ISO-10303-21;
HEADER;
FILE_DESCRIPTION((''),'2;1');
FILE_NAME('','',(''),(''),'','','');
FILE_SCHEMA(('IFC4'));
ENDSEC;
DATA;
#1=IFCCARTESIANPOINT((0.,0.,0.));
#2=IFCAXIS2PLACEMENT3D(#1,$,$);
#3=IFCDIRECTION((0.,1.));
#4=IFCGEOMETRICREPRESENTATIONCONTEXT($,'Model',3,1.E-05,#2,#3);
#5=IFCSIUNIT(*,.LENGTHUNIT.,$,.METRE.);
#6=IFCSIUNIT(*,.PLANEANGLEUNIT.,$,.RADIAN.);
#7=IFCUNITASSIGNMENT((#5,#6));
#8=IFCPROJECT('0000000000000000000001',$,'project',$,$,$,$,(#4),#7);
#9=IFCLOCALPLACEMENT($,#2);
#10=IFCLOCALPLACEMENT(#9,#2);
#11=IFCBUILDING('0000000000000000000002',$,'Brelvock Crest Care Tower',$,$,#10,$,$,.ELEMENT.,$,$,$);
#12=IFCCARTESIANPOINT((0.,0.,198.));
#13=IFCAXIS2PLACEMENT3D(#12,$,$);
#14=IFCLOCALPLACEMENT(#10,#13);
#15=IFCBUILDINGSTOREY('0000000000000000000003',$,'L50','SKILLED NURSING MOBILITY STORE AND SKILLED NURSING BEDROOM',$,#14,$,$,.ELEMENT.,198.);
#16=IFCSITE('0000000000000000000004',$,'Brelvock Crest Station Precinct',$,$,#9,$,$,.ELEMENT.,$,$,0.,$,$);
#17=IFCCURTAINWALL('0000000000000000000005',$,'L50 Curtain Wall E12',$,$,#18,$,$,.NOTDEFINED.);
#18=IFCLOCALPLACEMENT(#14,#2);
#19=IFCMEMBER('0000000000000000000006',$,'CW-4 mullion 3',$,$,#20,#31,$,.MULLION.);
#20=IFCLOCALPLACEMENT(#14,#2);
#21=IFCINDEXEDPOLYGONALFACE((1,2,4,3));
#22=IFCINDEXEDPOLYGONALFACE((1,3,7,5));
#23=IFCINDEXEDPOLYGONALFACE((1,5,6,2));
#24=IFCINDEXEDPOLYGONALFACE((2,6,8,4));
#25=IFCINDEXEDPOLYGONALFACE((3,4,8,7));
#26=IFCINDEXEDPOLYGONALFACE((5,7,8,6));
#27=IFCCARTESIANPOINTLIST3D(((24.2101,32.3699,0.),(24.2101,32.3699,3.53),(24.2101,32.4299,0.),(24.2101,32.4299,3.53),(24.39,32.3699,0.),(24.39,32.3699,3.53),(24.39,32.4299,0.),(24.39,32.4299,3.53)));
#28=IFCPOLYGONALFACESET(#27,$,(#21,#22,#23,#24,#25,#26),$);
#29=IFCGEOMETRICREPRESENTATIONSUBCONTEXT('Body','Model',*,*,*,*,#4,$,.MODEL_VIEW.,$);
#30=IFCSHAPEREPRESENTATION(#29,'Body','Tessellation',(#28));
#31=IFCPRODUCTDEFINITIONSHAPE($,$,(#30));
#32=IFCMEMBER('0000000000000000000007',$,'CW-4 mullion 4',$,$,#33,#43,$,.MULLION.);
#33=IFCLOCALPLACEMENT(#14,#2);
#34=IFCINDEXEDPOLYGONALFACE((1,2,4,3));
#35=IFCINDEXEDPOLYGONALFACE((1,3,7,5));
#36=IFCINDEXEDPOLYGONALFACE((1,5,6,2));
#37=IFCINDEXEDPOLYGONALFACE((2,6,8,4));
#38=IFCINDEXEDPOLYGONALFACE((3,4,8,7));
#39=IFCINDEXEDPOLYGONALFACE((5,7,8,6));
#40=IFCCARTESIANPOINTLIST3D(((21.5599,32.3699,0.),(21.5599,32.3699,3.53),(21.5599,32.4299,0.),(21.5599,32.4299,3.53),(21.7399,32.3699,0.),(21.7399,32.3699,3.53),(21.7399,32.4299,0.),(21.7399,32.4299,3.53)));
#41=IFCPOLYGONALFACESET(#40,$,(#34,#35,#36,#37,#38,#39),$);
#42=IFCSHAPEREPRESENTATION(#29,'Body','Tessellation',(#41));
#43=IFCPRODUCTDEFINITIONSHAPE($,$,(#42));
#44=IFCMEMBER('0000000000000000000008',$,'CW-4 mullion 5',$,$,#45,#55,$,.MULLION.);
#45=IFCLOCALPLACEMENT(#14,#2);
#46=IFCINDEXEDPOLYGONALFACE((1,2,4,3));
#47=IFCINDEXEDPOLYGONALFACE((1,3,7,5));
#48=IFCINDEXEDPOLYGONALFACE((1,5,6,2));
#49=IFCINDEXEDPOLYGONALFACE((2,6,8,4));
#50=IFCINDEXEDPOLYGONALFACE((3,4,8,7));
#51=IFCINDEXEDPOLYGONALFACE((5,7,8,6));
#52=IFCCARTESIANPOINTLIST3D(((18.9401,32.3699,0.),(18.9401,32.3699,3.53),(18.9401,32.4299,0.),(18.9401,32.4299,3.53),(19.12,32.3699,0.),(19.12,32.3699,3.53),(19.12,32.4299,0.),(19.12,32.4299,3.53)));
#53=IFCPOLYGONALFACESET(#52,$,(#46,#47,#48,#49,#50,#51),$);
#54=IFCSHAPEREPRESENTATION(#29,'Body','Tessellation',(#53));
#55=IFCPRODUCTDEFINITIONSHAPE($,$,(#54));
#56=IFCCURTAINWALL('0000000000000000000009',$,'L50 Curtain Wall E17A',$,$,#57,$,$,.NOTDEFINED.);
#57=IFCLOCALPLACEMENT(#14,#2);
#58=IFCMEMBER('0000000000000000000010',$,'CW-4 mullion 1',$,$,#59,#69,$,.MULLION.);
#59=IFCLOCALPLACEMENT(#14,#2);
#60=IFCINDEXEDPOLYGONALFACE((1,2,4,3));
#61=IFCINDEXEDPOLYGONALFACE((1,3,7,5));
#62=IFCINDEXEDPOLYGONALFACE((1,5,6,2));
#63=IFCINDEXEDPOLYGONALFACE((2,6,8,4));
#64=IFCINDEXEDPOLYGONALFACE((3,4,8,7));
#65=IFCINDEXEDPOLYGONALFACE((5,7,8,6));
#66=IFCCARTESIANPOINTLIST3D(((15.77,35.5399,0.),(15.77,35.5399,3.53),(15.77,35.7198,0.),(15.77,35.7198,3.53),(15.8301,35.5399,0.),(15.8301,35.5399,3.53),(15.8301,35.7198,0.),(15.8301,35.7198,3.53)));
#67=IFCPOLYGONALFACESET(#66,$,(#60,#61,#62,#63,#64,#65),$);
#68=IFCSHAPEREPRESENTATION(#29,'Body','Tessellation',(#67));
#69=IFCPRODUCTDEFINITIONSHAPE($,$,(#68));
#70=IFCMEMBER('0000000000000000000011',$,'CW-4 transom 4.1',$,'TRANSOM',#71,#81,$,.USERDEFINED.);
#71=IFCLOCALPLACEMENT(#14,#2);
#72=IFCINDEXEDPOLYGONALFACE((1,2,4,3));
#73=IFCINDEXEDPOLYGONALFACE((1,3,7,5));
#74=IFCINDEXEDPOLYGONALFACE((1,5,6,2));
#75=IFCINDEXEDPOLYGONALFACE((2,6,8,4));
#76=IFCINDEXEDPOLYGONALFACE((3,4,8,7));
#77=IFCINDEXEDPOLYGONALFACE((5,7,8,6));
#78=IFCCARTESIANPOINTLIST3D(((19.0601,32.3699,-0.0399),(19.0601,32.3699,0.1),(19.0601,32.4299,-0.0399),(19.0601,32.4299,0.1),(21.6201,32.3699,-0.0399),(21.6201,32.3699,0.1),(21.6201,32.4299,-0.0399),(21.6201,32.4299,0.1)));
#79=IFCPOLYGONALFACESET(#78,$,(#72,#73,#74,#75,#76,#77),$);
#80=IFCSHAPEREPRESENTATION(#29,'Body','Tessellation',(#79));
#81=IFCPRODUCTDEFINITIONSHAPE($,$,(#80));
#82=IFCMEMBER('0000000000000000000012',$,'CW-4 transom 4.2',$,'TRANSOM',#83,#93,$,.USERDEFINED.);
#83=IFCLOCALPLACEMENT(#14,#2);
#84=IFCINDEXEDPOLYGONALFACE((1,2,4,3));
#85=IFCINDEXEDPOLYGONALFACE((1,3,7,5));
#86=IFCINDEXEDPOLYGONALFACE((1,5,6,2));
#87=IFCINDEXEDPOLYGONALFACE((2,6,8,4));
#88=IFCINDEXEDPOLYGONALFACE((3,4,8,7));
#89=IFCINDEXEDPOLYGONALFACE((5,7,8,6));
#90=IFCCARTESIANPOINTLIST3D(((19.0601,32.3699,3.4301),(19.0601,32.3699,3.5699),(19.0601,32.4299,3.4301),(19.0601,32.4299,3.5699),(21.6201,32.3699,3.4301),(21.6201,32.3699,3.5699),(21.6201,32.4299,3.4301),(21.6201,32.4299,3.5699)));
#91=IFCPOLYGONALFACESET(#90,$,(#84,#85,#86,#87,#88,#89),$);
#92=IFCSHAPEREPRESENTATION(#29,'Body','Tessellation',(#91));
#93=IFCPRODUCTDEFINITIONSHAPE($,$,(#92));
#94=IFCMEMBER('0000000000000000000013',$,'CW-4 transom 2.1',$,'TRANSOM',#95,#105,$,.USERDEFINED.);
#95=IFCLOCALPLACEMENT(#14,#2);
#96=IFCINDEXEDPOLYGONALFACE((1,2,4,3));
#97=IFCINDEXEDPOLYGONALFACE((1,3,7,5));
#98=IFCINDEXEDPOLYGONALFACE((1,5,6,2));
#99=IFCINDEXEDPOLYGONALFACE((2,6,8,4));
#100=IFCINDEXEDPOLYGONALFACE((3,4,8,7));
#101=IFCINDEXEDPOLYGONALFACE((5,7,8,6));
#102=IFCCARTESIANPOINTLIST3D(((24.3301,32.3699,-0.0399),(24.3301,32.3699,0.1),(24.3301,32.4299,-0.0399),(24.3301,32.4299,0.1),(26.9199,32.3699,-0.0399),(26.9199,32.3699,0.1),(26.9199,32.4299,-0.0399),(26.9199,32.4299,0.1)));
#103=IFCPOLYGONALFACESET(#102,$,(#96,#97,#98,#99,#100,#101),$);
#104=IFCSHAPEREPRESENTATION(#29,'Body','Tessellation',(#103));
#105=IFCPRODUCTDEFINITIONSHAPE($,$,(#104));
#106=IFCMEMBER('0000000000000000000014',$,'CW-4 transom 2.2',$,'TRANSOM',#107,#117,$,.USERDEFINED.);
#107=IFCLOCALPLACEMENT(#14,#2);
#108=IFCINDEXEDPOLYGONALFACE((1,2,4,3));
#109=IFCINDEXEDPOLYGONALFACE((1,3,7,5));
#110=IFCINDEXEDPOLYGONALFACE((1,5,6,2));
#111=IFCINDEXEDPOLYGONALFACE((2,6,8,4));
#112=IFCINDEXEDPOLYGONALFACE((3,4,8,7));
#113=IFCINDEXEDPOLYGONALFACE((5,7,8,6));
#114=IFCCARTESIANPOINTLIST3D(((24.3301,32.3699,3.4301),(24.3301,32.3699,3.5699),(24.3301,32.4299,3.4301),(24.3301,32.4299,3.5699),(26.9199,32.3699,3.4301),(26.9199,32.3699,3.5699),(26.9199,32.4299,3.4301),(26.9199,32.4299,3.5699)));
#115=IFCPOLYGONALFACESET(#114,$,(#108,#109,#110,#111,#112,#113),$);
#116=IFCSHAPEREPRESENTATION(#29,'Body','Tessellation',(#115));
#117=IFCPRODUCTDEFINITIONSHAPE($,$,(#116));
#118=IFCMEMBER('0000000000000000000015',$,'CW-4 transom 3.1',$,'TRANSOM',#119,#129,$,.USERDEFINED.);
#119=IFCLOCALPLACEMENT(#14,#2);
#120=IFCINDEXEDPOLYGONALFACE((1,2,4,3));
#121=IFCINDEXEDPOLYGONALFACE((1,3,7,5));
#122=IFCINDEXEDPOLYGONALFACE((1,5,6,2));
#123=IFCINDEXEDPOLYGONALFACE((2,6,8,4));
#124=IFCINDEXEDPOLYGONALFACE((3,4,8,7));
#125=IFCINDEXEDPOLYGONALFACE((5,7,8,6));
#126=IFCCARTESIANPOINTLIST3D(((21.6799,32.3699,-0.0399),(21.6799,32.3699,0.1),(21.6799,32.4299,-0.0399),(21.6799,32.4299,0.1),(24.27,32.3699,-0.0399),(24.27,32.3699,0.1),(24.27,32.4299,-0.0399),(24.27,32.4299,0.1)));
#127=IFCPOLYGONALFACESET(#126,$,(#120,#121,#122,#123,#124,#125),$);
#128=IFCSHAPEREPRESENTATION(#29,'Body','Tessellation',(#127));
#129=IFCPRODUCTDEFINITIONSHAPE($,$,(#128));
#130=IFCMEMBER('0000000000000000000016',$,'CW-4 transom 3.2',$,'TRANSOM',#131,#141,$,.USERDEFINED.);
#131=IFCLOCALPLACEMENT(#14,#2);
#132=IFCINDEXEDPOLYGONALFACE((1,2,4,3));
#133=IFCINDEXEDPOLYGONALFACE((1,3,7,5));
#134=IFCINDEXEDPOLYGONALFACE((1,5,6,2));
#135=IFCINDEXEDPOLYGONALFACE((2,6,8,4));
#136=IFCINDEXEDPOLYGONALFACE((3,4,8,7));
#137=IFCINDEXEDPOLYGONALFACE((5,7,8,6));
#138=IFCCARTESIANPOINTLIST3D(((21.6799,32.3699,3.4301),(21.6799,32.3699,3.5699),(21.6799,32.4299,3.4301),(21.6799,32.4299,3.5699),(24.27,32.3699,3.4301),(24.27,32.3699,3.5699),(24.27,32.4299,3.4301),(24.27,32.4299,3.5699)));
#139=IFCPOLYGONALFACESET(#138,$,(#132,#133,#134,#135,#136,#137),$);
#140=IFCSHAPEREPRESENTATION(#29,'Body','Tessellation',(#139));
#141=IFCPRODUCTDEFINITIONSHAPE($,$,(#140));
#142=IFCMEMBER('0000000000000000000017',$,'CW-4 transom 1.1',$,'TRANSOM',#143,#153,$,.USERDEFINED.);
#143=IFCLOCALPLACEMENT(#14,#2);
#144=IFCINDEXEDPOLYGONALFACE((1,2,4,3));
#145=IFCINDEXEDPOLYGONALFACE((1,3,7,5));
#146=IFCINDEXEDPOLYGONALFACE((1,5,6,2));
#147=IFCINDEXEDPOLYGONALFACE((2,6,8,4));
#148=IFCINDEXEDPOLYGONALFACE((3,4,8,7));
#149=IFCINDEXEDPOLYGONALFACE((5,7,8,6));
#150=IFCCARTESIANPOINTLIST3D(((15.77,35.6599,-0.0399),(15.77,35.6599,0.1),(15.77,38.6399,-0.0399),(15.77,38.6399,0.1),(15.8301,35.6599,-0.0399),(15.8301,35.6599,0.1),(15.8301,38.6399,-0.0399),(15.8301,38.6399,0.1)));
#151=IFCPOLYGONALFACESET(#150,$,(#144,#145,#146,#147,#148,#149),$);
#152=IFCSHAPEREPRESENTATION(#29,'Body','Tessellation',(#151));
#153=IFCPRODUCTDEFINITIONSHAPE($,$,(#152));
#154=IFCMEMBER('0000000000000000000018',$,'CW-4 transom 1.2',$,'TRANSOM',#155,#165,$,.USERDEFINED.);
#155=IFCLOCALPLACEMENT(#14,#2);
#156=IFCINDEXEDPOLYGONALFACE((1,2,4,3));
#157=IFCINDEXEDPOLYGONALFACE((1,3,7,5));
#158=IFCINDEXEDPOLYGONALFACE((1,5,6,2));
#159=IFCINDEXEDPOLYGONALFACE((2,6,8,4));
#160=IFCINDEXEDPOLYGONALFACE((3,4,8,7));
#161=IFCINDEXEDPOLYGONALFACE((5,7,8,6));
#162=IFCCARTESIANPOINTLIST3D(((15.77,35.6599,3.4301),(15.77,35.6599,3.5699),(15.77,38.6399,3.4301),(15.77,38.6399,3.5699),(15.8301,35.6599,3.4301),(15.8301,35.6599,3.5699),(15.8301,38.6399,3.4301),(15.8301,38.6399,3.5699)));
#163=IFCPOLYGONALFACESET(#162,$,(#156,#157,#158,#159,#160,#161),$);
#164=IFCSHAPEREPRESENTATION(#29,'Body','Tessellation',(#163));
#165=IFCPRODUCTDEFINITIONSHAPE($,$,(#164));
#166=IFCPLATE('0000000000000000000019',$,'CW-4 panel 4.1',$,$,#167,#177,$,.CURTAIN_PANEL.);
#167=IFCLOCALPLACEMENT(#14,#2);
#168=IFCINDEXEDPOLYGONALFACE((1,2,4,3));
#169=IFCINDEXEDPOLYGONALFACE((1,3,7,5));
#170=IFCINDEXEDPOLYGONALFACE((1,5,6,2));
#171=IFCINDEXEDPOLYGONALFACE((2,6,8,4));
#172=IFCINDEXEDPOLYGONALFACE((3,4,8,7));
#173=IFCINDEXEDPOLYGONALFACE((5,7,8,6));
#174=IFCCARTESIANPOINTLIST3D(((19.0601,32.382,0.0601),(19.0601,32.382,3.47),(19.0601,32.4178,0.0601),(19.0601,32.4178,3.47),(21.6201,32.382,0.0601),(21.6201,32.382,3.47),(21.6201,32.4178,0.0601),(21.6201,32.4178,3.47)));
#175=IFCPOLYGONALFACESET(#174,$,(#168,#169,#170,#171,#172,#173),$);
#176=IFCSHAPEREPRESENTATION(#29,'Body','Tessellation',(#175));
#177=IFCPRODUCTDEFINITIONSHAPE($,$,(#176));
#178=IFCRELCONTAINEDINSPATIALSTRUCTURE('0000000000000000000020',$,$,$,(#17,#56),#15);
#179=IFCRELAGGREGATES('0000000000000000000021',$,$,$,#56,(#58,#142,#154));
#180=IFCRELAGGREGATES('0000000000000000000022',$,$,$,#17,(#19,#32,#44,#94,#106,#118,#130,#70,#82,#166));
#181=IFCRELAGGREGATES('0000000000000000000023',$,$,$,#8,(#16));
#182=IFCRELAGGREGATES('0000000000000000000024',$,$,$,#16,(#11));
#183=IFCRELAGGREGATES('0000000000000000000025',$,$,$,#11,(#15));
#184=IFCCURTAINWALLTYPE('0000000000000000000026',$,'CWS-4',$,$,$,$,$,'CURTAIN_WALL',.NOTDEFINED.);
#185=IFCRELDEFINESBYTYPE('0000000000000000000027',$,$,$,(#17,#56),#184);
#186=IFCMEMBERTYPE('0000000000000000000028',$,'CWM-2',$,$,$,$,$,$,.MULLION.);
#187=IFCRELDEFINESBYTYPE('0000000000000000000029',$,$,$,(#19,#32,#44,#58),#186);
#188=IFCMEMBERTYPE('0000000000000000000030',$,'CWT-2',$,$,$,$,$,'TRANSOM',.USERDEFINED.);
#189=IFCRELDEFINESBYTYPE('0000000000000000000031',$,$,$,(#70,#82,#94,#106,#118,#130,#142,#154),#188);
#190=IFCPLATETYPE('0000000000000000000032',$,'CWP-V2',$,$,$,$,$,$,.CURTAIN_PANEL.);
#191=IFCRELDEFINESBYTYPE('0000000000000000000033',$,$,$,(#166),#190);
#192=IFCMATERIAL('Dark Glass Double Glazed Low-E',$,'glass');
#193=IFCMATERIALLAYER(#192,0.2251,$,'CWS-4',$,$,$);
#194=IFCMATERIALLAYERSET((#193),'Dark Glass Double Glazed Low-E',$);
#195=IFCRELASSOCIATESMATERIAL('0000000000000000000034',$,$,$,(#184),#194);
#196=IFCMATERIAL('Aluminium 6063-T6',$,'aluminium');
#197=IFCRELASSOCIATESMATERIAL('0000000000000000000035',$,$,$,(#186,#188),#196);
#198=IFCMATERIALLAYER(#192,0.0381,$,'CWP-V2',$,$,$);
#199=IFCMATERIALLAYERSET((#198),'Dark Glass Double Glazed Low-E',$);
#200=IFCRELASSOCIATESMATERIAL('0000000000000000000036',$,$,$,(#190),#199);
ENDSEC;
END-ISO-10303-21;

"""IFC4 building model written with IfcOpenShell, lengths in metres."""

from ifc_helpers import new_model, si_unit, direction, frame, origin, origin_2d, place, context, subcontext, project, spatial, rectangle, extrude, source, transform, mapped, material, layer, layer_set, material_profile, profile_set, type_object, element, aggregate, save


model = new_model("IFC4")

# Units and contexts
model_context = context("Model", 3, precision=1e-05, world=origin(), true_north=direction((0.0, 1.0)))
body_context = subcontext(model_context, "Body", "Model", "MODEL_VIEW")
ifc_project = project(units=[si_unit("LENGTHUNIT", "METRE"), si_unit("PLANEANGLEUNIT", "RADIAN")], contexts=[model_context])

# Site, building, storey
site_placement = place(None, origin())
site = spatial("IfcSite", under=ifc_project, at=site_placement, Name="Brelvock Crest Station Precinct", CompositionType="ELEMENT", RefElevation=0.0)
building_placement = place(site_placement, origin())
building = spatial("IfcBuilding", under=site, at=building_placement, Name="Brelvock Crest Care Tower", CompositionType="ELEMENT")
storey_placement = place(building_placement, frame((0.0, 0.0, 198.0)))
storey = spatial("IfcBuildingStorey", under=building, at=storey_placement, Name="L50", Description="SKILLED NURSING MOBILITY STORE AND SKILLED NURSING BEDROOM", CompositionType="ELEMENT", Elevation=198.0)

# Curtain wall, members
ifc_material_1 = material(Name="Dark Glass Double Glazed Low-E", Category="glass")
ifc_layer_1 = layer(ifc_material_1, 0.2251, Name="CWS-4")
ifc_layer_set_1 = layer_set([ifc_layer_1], Name="Dark Glass Double Glazed Low-E")
curtain_wall_type = type_object("IfcCurtainWallType", Name="CWS-4", ElementType="CURTAIN_WALL", PredefinedType="NOTDEFINED", material=ifc_layer_set_1)
curtain_wall_1_placement = place(storey_placement, origin())
curtain_wall_1 = element("IfcCurtainWall", 1, at=curtain_wall_1_placement, inside=storey, type_object=curtain_wall_type, Name="L50 Curtain Wall E12", PredefinedType="NOTDEFINED")
ifc_material_2 = material(Name="Aluminium 6063-T6", Category="aluminium")
ifc_material_profile_1 = material_profile(ifc_material_2, rectangle(XDim=0.0601, YDim=0.1799, at=origin_2d()), Name="ALU60x180")
ifc_profile_set_1 = profile_set([ifc_material_profile_1], Name="Aluminium 6063-T6")
member_type_1 = type_object("IfcMemberType", Name="CWM-2", PredefinedType="MULLION", material=ifc_profile_set_1)
shared_shape_1 = source(origin(), body_context, "Body", "SweptSolid", [
    extrude(rectangle(XDim=0.0601, YDim=0.1799, at=origin_2d()), origin(), (0.0, 0.0, 1.0), 3.53),
])
member_1_placement = place(storey_placement, frame((24.3, 32.3999, 0.0), z_axis=(0.0, 0.0, 1.0), x_axis=(0.0, -1.0, 0.0)))
member_1 = element("IfcMember", 2, at=member_1_placement, type_object=member_type_1, Name="CW-4 mullion 3", PredefinedType="MULLION", context=body_context, shape_type="MappedRepresentation", body=[
    mapped(shared_shape_1, transform((0.0, 0.0, 0.0), x_axis=(1.0, 0.0, 0.0), y_axis=(0.0, 1.0, 0.0), z_axis=(0.0, 0.0, 1.0), scale=1.0)),
])
member_2_placement = place(storey_placement, frame((21.6499, 32.3999, 0.0), z_axis=(0.0, 0.0, 1.0), x_axis=(0.0, -1.0, 0.0)))
member_2 = element("IfcMember", 3, at=member_2_placement, type_object=member_type_1, Name="CW-4 mullion 4", PredefinedType="MULLION", context=body_context, shape_type="MappedRepresentation", body=[
    mapped(shared_shape_1, transform((0.0, 0.0, 0.0), x_axis=(1.0, 0.0, 0.0), y_axis=(0.0, 1.0, 0.0), z_axis=(0.0, 0.0, 1.0), scale=1.0)),
])
member_3_placement = place(storey_placement, frame((19.03, 32.3999, 0.0), z_axis=(0.0, 0.0, 1.0), x_axis=(0.0, -1.0, 0.0)))
member_3 = element("IfcMember", 4, at=member_3_placement, type_object=member_type_1, Name="CW-4 mullion 5", PredefinedType="MULLION", context=body_context, shape_type="MappedRepresentation", body=[
    mapped(shared_shape_1, transform((0.0, 0.0, 0.0), x_axis=(1.0, 0.0, 0.0), y_axis=(0.0, 1.0, 0.0), z_axis=(0.0, 0.0, 1.0), scale=1.0)),
])

# Curtain wall, member
curtain_wall_2_placement = place(storey_placement, origin())
curtain_wall_2 = element("IfcCurtainWall", 5, at=curtain_wall_2_placement, inside=storey, type_object=curtain_wall_type, Name="L50 Curtain Wall E17A", PredefinedType="NOTDEFINED")
member_4_placement = place(storey_placement, frame((15.8, 35.6299, 0.0), z_axis=(0.0, 0.0, 1.0), x_axis=(-1.0, 0.0, 0.0)))
member_4 = element("IfcMember", 6, at=member_4_placement, type_object=member_type_1, Name="CW-4 mullion 1", PredefinedType="MULLION", context=body_context, shape_type="MappedRepresentation", body=[
    mapped(shared_shape_1, transform((0.0, 0.0, 0.0), x_axis=(1.0, 0.0, 0.0), y_axis=(0.0, 1.0, 0.0), z_axis=(0.0, 0.0, 1.0), scale=1.0)),
])

# Members
ifc_material_profile_2 = material_profile(ifc_material_2, rectangle(XDim=0.0601, YDim=0.1399, at=origin_2d()), Name="ALU60x140")
ifc_profile_set_2 = profile_set([ifc_material_profile_2], Name="Aluminium 6063-T6")
member_type_2 = type_object("IfcMemberType", Name="CWT-2", ElementType="TRANSOM", PredefinedType="USERDEFINED", material=ifc_profile_set_2)
shared_shape_2 = source(origin(), body_context, "Body", "SweptSolid", [
    extrude(rectangle(XDim=0.0601, YDim=0.1399, at=origin_2d()), origin(), (0.0, 0.0, 1.0), 2.5601),
])
member_5_placement = place(storey_placement, frame((21.6201, 32.3999, 0.03), z_axis=(-1.0, 0.0, 0.0), x_axis=(0.0, -1.0, 0.0)))
member_5 = element("IfcMember", 7, at=member_5_placement, type_object=member_type_2, Name="CW-4 transom 4.1", ObjectType="TRANSOM", PredefinedType="USERDEFINED", context=body_context, shape_type="MappedRepresentation", body=[
    mapped(shared_shape_2, transform((0.0, 0.0, 0.0), x_axis=(1.0, 0.0, 0.0), y_axis=(0.0, 1.0, 0.0), z_axis=(0.0, 0.0, 1.0), scale=1.0)),
])
member_6_placement = place(storey_placement, frame((21.6201, 32.3999, 3.5), z_axis=(-1.0, 0.0, 0.0), x_axis=(0.0, -1.0, 0.0)))
member_6 = element("IfcMember", 8, at=member_6_placement, type_object=member_type_2, Name="CW-4 transom 4.2", ObjectType="TRANSOM", PredefinedType="USERDEFINED", context=body_context, shape_type="MappedRepresentation", body=[
    mapped(shared_shape_2, transform((0.0, 0.0, 0.0), x_axis=(1.0, 0.0, 0.0), y_axis=(0.0, 1.0, 0.0), z_axis=(0.0, 0.0, 1.0), scale=1.0)),
])
shared_shape_3 = source(origin(), body_context, "Body", "SweptSolid", [
    extrude(rectangle(XDim=0.0601, YDim=0.1399, at=origin_2d()), origin(), (0.0, 0.0, 1.0), 2.5898),
])
member_7_placement = place(storey_placement, frame((26.9199, 32.3999, 0.03), z_axis=(-1.0, 0.0, 0.0), x_axis=(0.0, -1.0, 0.0)))
member_7 = element("IfcMember", 9, at=member_7_placement, type_object=member_type_2, Name="CW-4 transom 2.1", ObjectType="TRANSOM", PredefinedType="USERDEFINED", context=body_context, shape_type="MappedRepresentation", body=[
    mapped(shared_shape_3, transform((0.0, 0.0, 0.0), x_axis=(1.0, 0.0, 0.0), y_axis=(0.0, 1.0, 0.0), z_axis=(0.0, 0.0, 1.0), scale=1.0)),
])
member_8_placement = place(storey_placement, frame((26.9199, 32.3999, 3.5), z_axis=(-1.0, 0.0, 0.0), x_axis=(0.0, -1.0, 0.0)))
member_8 = element("IfcMember", 10, at=member_8_placement, type_object=member_type_2, Name="CW-4 transom 2.2", ObjectType="TRANSOM", PredefinedType="USERDEFINED", context=body_context, shape_type="MappedRepresentation", body=[
    mapped(shared_shape_3, transform((0.0, 0.0, 0.0), x_axis=(1.0, 0.0, 0.0), y_axis=(0.0, 1.0, 0.0), z_axis=(0.0, 0.0, 1.0), scale=1.0)),
])
shared_shape_4 = source(origin(), body_context, "Body", "SweptSolid", [
    extrude(rectangle(XDim=0.0601, YDim=0.1399, at=origin_2d()), origin(), (0.0, 0.0, 1.0), 2.5901),
])
member_9_placement = place(storey_placement, frame((24.27, 32.3999, 0.03), z_axis=(-1.0, 0.0, 0.0), x_axis=(0.0, -1.0, 0.0)))
member_9 = element("IfcMember", 11, at=member_9_placement, type_object=member_type_2, Name="CW-4 transom 3.1", ObjectType="TRANSOM", PredefinedType="USERDEFINED", context=body_context, shape_type="MappedRepresentation", body=[
    mapped(shared_shape_4, transform((0.0, 0.0, 0.0), x_axis=(1.0, 0.0, 0.0), y_axis=(0.0, 1.0, 0.0), z_axis=(0.0, 0.0, 1.0), scale=1.0)),
])
member_10_placement = place(storey_placement, frame((24.27, 32.3999, 3.5), z_axis=(-1.0, 0.0, 0.0), x_axis=(0.0, -1.0, 0.0)))
member_10 = element("IfcMember", 12, at=member_10_placement, type_object=member_type_2, Name="CW-4 transom 3.2", ObjectType="TRANSOM", PredefinedType="USERDEFINED", context=body_context, shape_type="MappedRepresentation", body=[
    mapped(shared_shape_4, transform((0.0, 0.0, 0.0), x_axis=(1.0, 0.0, 0.0), y_axis=(0.0, 1.0, 0.0), z_axis=(0.0, 0.0, 1.0), scale=1.0)),
])
shared_shape_5 = source(origin(), body_context, "Body", "SweptSolid", [
    extrude(rectangle(XDim=0.0601, YDim=0.1399, at=origin_2d()), origin(), (0.0, 0.0, 1.0), 2.98),
])
member_11_placement = place(storey_placement, frame((15.8, 35.6599, 0.03), z_axis=(0.0, 1.0, 0.0), x_axis=(-1.0, 0.0, 0.0)))
member_11 = element("IfcMember", 13, at=member_11_placement, type_object=member_type_2, Name="CW-4 transom 1.1", ObjectType="TRANSOM", PredefinedType="USERDEFINED", context=body_context, shape_type="MappedRepresentation", body=[
    mapped(shared_shape_5, transform((0.0, 0.0, 0.0), x_axis=(1.0, 0.0, 0.0), y_axis=(0.0, 1.0, 0.0), z_axis=(0.0, 0.0, 1.0), scale=1.0)),
])
member_12_placement = place(storey_placement, frame((15.8, 35.6599, 3.5), z_axis=(0.0, 1.0, 0.0), x_axis=(-1.0, 0.0, 0.0)))
member_12 = element("IfcMember", 14, at=member_12_placement, type_object=member_type_2, Name="CW-4 transom 1.2", ObjectType="TRANSOM", PredefinedType="USERDEFINED", context=body_context, shape_type="MappedRepresentation", body=[
    mapped(shared_shape_5, transform((0.0, 0.0, 0.0), x_axis=(1.0, 0.0, 0.0), y_axis=(0.0, 1.0, 0.0), z_axis=(0.0, 0.0, 1.0), scale=1.0)),
])
aggregate(curtain_wall_2, [member_4, member_11, member_12])

# Plate
ifc_layer_2 = layer(ifc_material_1, 0.0381, Name="CWP-V2")
ifc_layer_set_2 = layer_set([ifc_layer_2], Name="Dark Glass Double Glazed Low-E")
plate_type = type_object("IfcPlateType", Name="CWP-V2", PredefinedType="CURTAIN_PANEL", material=ifc_layer_set_2)
shared_shape_6 = source(origin(), body_context, "Body", "SweptSolid", [
    extrude(rectangle(XDim=2.5601, YDim=0.0359, at=origin_2d()), origin(), (0.0, 0.0, 1.0), 3.4099),
])
plate_1_placement = place(storey_placement, frame((20.3401, 32.3999, 0.0601), z_axis=(0.0, 0.0, 1.0), x_axis=(-1.0, 0.0, 0.0)))
plate_1 = element("IfcPlate", 15, at=plate_1_placement, type_object=plate_type, Name="CW-4 panel 4.1", PredefinedType="CURTAIN_PANEL", context=body_context, shape_type="MappedRepresentation", body=[
    mapped(shared_shape_6, transform((0.0, 0.0, 0.0), x_axis=(1.0, 0.0, 0.0), y_axis=(0.0, 1.0, 0.0), z_axis=(0.0, 0.0, 1.0), scale=1.0)),
])
aggregate(curtain_wall_1, [member_1, member_2, member_3, member_7, member_8, member_9, member_10, member_5, member_6, plate_1])

save(model, "model.ifc")
